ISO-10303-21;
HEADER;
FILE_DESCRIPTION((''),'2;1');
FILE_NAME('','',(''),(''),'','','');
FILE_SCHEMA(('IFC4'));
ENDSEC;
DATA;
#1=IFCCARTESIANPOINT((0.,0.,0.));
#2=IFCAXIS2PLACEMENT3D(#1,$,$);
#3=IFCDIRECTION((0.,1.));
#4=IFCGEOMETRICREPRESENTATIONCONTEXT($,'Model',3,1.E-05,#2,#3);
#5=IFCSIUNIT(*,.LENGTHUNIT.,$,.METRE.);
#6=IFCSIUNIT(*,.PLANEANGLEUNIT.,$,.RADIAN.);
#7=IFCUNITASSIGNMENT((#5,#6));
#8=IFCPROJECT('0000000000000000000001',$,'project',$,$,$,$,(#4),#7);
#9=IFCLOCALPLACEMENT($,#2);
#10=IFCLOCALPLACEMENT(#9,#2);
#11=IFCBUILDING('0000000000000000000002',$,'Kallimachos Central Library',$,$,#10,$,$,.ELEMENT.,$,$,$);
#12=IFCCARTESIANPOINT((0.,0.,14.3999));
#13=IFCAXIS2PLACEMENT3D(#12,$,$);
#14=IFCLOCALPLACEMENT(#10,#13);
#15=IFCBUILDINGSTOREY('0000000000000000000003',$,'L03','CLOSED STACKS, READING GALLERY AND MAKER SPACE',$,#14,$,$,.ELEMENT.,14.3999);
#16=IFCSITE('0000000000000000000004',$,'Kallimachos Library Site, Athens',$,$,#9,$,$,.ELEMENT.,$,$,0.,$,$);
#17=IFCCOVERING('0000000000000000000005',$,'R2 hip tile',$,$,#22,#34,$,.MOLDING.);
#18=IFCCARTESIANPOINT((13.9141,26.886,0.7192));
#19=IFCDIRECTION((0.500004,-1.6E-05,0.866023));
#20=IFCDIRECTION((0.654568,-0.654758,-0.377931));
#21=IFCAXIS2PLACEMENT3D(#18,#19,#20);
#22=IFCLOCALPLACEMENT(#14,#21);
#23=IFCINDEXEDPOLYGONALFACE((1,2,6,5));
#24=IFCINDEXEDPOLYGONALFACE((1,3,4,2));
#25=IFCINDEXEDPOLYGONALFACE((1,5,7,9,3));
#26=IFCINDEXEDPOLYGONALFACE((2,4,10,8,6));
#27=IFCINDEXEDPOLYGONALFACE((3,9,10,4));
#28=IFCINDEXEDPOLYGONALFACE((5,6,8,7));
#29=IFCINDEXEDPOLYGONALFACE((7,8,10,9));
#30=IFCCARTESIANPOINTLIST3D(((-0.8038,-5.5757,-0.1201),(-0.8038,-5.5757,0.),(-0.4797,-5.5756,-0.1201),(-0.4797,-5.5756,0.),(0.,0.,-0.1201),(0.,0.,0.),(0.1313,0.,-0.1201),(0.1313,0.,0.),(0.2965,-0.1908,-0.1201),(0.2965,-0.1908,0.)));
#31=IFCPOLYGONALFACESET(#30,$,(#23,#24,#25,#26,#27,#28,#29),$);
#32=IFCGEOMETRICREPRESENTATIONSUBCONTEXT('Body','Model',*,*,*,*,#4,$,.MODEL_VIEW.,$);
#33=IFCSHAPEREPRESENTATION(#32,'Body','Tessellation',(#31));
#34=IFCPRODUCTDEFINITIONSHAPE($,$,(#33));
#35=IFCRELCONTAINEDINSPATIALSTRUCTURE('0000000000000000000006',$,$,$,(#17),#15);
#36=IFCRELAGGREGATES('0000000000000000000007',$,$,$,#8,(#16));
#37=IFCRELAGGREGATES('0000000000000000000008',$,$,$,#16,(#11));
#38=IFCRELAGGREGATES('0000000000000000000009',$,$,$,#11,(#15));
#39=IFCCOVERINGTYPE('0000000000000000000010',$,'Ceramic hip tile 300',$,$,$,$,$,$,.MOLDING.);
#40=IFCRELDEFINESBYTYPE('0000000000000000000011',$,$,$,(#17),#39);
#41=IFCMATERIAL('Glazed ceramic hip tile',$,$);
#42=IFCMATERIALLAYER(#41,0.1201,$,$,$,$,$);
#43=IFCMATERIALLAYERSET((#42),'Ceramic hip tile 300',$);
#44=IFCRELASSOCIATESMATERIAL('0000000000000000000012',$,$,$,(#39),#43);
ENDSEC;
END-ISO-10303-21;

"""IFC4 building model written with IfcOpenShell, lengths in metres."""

from ifc_helpers import new_model, si_unit, direction, frame, origin, place, context, subcontext, project, spatial, polyline, outline, extrude, material, layer, layer_set, type_object, element, save


model = new_model("IFC4")

# Units and contexts
model_context = context("Model", 3, precision=1e-05, world=origin(), true_north=direction((0.0, 1.0)))
body_context = subcontext(model_context, "Body", "Model", "MODEL_VIEW")
ifc_project = project(units=[si_unit("LENGTHUNIT", "METRE"), si_unit("PLANEANGLEUNIT", "RADIAN")], contexts=[model_context])

# Site, building, storey
site_placement = place(None, origin())
site = spatial("IfcSite", under=ifc_project, at=site_placement, Name="Kallimachos Library Site, Athens", CompositionType="ELEMENT", RefElevation=0.0)
building_placement = place(site_placement, origin())
building = spatial("IfcBuilding", under=site, at=building_placement, Name="Kallimachos Central Library", CompositionType="ELEMENT")
storey_placement = place(building_placement, frame((0.0, 0.0, 14.3999)))
storey = spatial("IfcBuildingStorey", under=building, at=storey_placement, Name="L03", Description="CLOSED STACKS, READING GALLERY AND MAKER SPACE", CompositionType="ELEMENT", Elevation=14.3999)

# Covering
ifc_material_1 = material(Name="Glazed ceramic hip tile")
ifc_layer_1 = layer(ifc_material_1, 0.1201)
ifc_layer_set_1 = layer_set([ifc_layer_1], Name="Ceramic hip tile 300")
covering_type_1 = type_object("IfcCoveringType", Name="Ceramic hip tile 300", PredefinedType="MOLDING", material=ifc_layer_set_1)
covering_1_placement = place(storey_placement, frame((13.9141, 26.886, 0.7192), z_axis=(0.500004, -0.000016, 0.866023), x_axis=(0.654568, -0.654758, -0.377931)))
element("IfcCovering", 1, at=covering_1_placement, inside=storey, type_object=covering_type_1, Name="R2 hip tile", PredefinedType="MOLDING", context=body_context, shape_type="SweptSolid", body=[
    extrude(outline(polyline([(0.0, 0.0), (0.1313, 0.0), (0.2965, -0.1908), (-0.4797, -5.5756), (-0.8038, -5.5757), (0.0, 0.0)])), origin(), (0.0, 0.0, -1.0), 0.1201),
])

save(model, "model.ifc")
